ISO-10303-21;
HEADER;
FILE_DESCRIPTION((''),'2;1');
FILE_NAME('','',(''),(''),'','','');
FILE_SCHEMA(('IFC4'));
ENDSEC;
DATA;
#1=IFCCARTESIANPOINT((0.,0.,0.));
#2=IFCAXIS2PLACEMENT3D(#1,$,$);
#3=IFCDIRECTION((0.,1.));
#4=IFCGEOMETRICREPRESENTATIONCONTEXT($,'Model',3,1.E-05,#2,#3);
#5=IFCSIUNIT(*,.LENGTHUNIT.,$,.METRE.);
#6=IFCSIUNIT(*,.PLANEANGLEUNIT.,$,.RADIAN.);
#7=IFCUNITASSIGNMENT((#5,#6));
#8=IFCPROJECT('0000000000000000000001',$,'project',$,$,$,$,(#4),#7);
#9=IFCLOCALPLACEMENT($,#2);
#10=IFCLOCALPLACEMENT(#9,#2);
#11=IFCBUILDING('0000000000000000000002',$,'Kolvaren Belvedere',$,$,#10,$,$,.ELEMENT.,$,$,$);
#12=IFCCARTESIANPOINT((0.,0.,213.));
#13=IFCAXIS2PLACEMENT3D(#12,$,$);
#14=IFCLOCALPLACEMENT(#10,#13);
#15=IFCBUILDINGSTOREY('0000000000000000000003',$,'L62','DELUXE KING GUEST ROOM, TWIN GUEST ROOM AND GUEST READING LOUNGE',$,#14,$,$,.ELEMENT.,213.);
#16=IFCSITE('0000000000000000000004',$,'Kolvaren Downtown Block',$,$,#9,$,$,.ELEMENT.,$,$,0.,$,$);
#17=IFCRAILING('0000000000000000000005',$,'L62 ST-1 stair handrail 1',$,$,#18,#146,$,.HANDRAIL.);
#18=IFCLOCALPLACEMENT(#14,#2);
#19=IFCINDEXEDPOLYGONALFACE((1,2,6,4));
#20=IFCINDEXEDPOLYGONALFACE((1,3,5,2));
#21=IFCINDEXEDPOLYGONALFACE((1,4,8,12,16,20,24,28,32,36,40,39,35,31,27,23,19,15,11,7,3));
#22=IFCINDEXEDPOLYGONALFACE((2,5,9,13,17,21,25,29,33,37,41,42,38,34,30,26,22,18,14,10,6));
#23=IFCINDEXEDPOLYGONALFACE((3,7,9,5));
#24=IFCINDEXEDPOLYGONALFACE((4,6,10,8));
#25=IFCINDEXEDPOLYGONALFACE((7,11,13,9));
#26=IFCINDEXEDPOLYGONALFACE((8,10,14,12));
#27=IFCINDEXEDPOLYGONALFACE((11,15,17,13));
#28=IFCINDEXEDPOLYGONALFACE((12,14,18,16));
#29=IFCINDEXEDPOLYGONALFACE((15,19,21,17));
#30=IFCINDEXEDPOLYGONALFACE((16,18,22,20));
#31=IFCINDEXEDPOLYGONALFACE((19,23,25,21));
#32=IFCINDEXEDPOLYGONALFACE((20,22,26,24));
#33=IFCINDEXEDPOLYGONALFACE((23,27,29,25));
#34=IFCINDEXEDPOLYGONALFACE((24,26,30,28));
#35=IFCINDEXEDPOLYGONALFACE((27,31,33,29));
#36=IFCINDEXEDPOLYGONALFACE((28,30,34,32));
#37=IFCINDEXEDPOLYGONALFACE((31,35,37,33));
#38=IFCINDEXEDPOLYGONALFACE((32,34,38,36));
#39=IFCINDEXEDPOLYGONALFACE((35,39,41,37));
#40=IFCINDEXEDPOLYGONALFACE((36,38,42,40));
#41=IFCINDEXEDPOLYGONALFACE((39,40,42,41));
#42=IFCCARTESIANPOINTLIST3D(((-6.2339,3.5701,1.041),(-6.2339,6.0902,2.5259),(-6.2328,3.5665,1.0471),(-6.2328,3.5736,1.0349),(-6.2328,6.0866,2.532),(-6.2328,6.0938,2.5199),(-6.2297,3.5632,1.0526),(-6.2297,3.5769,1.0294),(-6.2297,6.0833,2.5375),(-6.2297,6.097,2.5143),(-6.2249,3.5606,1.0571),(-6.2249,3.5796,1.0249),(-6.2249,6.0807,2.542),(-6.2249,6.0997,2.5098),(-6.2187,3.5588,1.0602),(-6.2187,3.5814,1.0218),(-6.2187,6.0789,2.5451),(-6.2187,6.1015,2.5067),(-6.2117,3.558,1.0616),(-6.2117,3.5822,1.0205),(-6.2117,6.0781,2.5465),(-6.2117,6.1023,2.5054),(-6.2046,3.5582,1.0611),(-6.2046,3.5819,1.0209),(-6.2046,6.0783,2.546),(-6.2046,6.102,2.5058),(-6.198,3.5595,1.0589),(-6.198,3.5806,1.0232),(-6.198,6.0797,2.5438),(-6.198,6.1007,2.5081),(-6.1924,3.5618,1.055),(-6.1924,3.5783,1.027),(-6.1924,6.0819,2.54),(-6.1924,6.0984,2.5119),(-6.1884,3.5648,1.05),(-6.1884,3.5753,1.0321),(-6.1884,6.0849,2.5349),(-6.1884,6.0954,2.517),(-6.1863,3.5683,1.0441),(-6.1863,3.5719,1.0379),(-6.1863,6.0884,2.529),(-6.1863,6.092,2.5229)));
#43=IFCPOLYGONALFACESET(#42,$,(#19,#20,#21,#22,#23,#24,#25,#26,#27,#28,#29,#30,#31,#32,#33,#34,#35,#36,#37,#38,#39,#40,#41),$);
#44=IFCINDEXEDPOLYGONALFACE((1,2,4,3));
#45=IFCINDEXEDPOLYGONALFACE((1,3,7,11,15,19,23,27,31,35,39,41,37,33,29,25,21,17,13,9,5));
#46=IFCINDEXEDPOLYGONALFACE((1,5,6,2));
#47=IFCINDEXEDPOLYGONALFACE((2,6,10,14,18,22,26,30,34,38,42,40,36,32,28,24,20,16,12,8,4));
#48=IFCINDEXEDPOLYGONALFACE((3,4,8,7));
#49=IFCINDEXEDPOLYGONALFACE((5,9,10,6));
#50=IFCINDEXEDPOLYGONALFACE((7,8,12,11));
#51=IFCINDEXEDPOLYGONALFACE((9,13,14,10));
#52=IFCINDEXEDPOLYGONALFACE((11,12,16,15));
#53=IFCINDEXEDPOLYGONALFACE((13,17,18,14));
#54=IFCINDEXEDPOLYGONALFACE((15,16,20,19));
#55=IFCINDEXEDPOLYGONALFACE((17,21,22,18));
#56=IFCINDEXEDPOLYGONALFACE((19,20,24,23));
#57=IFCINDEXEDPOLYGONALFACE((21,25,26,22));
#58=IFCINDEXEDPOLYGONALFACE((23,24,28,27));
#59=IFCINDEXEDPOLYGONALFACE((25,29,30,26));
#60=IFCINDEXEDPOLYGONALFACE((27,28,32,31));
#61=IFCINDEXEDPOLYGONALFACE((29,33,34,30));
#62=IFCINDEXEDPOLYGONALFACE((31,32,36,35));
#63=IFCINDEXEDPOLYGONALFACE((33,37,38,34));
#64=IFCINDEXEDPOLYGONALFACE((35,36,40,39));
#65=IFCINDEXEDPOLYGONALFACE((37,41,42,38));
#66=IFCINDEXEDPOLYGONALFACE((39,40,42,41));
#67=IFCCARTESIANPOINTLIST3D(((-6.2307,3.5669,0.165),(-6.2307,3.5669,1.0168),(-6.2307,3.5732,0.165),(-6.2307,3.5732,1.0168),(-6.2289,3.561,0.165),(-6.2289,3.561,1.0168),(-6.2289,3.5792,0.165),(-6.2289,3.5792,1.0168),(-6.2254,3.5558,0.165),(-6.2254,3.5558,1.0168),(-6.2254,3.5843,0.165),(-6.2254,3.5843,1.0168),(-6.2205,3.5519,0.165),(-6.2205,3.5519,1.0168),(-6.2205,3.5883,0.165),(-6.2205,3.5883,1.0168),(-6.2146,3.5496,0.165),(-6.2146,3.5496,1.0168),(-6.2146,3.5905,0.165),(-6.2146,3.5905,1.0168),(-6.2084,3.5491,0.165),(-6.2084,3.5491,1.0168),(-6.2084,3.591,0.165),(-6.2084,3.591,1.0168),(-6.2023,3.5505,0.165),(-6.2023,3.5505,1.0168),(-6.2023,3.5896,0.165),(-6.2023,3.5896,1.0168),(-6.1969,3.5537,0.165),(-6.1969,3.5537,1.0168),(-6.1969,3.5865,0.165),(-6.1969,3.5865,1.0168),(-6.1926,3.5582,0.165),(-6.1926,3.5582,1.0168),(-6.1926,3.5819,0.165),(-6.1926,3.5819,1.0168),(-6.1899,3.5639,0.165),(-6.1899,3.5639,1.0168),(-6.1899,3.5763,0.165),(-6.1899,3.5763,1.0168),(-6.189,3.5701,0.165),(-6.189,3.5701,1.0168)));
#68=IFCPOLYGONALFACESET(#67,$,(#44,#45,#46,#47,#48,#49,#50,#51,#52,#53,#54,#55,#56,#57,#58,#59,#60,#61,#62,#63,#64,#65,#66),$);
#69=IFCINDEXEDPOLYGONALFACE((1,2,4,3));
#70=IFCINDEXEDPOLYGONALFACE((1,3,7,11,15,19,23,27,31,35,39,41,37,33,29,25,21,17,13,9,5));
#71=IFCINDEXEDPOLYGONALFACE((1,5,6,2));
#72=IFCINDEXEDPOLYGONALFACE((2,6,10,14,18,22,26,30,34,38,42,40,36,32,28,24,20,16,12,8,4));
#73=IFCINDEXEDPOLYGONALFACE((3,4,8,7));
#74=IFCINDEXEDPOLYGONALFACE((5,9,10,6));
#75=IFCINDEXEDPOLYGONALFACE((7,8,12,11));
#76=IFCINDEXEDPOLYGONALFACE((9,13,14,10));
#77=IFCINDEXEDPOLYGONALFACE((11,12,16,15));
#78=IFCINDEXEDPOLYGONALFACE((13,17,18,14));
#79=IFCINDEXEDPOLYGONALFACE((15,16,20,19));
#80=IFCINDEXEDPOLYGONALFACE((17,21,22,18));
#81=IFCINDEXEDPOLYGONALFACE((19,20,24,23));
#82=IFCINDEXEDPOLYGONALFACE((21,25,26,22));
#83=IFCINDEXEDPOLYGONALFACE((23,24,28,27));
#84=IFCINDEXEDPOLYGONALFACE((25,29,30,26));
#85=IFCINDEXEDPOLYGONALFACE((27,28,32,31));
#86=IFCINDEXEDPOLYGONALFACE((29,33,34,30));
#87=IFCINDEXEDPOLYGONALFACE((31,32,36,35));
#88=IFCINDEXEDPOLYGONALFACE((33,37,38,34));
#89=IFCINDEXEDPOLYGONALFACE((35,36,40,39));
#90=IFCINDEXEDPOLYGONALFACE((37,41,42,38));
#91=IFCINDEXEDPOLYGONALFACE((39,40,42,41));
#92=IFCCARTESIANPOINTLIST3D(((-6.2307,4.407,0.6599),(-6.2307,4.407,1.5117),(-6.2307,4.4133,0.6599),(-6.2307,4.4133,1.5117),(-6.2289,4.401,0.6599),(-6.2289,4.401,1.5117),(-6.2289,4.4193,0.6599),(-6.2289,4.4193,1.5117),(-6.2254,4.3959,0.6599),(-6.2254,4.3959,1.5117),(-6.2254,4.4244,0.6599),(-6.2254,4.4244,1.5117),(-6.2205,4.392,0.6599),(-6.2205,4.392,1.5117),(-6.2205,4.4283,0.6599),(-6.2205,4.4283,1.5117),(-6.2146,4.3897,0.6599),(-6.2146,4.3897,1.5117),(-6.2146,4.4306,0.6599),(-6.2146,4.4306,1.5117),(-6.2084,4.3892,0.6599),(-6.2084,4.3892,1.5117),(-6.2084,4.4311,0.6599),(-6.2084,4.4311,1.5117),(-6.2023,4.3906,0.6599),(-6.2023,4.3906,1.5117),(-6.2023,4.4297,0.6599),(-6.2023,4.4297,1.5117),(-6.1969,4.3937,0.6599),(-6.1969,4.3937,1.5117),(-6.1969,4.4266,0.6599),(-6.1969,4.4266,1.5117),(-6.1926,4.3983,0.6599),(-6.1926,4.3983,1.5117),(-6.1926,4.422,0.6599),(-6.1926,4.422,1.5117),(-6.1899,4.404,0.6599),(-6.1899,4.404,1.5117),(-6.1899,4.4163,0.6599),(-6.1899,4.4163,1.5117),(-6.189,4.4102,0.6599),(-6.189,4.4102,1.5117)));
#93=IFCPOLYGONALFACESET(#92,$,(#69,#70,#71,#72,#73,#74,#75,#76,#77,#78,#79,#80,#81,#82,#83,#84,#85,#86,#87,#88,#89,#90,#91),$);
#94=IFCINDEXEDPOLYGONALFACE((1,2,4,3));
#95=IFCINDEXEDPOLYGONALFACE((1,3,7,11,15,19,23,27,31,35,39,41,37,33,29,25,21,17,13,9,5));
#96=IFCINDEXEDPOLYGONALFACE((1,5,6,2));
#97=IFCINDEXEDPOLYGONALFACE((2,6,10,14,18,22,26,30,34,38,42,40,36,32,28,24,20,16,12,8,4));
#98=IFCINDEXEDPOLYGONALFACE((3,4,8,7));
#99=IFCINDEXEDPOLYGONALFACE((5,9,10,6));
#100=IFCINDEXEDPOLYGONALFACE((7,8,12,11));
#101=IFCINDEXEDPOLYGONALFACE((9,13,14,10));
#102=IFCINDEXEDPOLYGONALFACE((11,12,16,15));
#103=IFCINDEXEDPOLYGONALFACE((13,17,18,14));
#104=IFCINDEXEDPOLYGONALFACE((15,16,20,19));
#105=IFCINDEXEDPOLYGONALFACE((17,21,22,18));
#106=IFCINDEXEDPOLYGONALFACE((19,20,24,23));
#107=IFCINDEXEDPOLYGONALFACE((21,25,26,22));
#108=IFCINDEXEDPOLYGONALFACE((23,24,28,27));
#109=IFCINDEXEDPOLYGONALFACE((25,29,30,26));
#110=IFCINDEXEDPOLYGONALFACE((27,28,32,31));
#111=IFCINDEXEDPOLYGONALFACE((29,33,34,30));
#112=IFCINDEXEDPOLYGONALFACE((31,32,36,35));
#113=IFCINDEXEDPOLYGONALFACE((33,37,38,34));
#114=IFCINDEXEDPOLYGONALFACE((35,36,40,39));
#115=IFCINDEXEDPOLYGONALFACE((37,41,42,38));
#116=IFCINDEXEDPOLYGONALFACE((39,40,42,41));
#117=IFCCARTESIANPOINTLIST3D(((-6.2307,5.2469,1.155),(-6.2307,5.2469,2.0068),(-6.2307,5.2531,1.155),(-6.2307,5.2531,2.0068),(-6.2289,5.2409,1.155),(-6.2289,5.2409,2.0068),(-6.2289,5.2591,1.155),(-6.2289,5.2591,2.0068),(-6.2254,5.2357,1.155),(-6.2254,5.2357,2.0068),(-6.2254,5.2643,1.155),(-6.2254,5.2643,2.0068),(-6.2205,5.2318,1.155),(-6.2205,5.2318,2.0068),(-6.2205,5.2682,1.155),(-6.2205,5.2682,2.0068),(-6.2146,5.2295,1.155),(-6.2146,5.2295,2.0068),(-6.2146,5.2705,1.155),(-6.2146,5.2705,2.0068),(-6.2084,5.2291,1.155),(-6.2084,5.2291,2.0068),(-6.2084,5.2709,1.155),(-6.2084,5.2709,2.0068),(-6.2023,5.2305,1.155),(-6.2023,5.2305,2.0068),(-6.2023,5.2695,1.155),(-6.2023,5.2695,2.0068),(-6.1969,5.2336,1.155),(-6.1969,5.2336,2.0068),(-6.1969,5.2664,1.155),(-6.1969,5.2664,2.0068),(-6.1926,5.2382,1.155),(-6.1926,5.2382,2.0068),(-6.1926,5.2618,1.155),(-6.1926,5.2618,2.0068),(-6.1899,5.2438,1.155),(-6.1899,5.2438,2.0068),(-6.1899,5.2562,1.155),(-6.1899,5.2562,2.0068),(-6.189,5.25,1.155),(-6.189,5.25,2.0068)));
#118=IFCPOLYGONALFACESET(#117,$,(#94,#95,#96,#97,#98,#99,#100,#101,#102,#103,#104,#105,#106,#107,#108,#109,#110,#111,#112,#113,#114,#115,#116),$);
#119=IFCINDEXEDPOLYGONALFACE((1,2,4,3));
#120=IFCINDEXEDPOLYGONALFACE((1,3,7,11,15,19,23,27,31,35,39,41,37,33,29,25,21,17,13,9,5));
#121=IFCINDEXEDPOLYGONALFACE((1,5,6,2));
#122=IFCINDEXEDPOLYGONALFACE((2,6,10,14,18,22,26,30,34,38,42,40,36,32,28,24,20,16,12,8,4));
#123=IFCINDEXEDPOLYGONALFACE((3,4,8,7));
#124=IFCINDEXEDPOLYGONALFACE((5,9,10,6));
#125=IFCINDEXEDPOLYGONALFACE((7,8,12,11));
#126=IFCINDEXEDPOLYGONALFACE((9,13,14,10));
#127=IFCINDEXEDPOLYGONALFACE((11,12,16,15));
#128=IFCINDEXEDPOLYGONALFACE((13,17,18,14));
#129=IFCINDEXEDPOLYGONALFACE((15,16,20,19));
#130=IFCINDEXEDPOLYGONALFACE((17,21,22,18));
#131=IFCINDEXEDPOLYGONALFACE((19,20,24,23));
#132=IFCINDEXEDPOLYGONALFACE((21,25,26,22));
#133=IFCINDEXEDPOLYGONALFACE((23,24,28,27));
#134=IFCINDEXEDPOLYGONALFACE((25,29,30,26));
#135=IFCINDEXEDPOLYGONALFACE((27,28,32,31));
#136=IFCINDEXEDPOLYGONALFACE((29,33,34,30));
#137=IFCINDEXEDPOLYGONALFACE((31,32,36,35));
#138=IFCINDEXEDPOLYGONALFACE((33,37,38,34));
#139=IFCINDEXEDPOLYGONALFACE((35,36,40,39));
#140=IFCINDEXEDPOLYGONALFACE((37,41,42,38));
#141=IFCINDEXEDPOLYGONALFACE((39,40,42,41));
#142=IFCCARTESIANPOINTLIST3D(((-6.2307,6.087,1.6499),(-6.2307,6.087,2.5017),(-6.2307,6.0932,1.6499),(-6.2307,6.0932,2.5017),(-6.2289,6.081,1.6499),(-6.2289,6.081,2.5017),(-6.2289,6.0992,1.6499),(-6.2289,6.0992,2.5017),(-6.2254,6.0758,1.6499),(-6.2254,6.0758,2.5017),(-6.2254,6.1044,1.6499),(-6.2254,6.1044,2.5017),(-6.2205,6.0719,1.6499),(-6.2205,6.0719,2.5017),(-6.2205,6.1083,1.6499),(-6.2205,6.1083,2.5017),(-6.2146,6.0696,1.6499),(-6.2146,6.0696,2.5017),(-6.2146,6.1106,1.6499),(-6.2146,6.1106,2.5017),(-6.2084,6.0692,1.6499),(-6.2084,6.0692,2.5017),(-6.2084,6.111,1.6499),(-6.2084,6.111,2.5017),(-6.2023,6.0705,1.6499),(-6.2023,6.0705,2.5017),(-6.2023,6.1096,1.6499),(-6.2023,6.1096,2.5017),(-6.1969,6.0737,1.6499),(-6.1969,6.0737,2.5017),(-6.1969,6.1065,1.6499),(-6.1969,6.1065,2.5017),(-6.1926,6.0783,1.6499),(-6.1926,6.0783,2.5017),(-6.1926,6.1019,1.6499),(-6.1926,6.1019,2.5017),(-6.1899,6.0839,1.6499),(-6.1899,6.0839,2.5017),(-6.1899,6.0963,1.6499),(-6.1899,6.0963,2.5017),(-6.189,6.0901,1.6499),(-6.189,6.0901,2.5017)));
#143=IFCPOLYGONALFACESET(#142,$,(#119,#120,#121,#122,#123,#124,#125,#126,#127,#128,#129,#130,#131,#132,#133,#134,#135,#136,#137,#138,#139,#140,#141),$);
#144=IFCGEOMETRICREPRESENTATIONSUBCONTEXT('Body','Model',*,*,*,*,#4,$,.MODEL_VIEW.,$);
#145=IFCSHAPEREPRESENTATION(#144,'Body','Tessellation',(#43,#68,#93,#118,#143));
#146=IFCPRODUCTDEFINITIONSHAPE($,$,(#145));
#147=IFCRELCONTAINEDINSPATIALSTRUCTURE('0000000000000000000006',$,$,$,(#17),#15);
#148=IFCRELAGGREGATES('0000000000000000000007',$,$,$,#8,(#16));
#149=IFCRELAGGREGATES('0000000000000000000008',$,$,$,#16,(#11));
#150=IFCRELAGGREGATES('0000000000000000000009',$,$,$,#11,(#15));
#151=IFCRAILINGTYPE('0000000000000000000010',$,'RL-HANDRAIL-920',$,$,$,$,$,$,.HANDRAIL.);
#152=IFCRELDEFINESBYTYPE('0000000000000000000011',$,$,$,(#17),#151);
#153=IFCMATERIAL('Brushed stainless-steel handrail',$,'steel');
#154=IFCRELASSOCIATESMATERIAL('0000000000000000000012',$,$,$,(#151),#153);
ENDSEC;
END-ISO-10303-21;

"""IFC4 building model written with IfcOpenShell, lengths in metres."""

from ifc_helpers import new_model, si_unit, direction, frame, origin, origin_2d, place, context, subcontext, project, spatial, circle, extrude, material, type_object, element, save


model = new_model("IFC4")

# Units and contexts
model_context = context("Model", 3, precision=1e-05, world=origin(), true_north=direction((0.0, 1.0)))
body_context = subcontext(model_context, "Body", "Model", "MODEL_VIEW")
ifc_project = project(units=[si_unit("LENGTHUNIT", "METRE"), si_unit("PLANEANGLEUNIT", "RADIAN")], contexts=[model_context])

# Site, building, storey
site_placement = place(None, origin())
site = spatial("IfcSite", under=ifc_project, at=site_placement, Name="Kolvaren Downtown Block", CompositionType="ELEMENT", RefElevation=0.0)
building_placement = place(site_placement, origin())
building = spatial("IfcBuilding", under=site, at=building_placement, Name="Kolvaren Belvedere", CompositionType="ELEMENT")
storey_placement = place(building_placement, frame((0.0, 0.0, 213.0)))
storey = spatial("IfcBuildingStorey", under=building, at=storey_placement, Name="L62", Description="DELUXE KING GUEST ROOM, TWIN GUEST ROOM AND GUEST READING LOUNGE", CompositionType="ELEMENT", Elevation=213.0)

# Railing
ifc_material_1 = material(Name="Brushed stainless-steel handrail", Category="steel")
railing_type_1 = type_object("IfcRailingType", Name="RL-HANDRAIL-920", PredefinedType="HANDRAIL", material=ifc_material_1)
railing_1_placement = place(storey_placement, frame((-6.21, 3.5701, 0.165)))
element("IfcRailing", 1, at=railing_1_placement, inside=storey, type_object=railing_type_1, Name="L62 ST-1 stair handrail 1", PredefinedType="HANDRAIL", context=body_context, shape_type="SweptSolid", body=[
    extrude(circle(Radius=0.0239, at=origin_2d()), frame((0.0, 0.0, 0.876), z_axis=(0.0, 0.861561, 0.507655), x_axis=(-1.0, 0.0, 0.0)), (0.0, 0.0, 1.0), 2.925),
    extrude(circle(Radius=0.021, at=origin_2d()), origin(), (0.0, 0.0, 1.0), 0.8518),
    extrude(circle(Radius=0.021, at=origin_2d()), frame((0.0, 0.8401, 0.4949)), (0.0, 0.0, 1.0), 0.8518),
    extrude(circle(Radius=0.021, at=origin_2d()), frame((0.0, 1.6799, 0.99)), (0.0, 0.0, 1.0), 0.8518),
    extrude(circle(Radius=0.021, at=origin_2d()), frame((0.0, 2.52, 1.4849)), (0.0, 0.0, 1.0), 0.8518),
])

save(model, "model.ifc")
